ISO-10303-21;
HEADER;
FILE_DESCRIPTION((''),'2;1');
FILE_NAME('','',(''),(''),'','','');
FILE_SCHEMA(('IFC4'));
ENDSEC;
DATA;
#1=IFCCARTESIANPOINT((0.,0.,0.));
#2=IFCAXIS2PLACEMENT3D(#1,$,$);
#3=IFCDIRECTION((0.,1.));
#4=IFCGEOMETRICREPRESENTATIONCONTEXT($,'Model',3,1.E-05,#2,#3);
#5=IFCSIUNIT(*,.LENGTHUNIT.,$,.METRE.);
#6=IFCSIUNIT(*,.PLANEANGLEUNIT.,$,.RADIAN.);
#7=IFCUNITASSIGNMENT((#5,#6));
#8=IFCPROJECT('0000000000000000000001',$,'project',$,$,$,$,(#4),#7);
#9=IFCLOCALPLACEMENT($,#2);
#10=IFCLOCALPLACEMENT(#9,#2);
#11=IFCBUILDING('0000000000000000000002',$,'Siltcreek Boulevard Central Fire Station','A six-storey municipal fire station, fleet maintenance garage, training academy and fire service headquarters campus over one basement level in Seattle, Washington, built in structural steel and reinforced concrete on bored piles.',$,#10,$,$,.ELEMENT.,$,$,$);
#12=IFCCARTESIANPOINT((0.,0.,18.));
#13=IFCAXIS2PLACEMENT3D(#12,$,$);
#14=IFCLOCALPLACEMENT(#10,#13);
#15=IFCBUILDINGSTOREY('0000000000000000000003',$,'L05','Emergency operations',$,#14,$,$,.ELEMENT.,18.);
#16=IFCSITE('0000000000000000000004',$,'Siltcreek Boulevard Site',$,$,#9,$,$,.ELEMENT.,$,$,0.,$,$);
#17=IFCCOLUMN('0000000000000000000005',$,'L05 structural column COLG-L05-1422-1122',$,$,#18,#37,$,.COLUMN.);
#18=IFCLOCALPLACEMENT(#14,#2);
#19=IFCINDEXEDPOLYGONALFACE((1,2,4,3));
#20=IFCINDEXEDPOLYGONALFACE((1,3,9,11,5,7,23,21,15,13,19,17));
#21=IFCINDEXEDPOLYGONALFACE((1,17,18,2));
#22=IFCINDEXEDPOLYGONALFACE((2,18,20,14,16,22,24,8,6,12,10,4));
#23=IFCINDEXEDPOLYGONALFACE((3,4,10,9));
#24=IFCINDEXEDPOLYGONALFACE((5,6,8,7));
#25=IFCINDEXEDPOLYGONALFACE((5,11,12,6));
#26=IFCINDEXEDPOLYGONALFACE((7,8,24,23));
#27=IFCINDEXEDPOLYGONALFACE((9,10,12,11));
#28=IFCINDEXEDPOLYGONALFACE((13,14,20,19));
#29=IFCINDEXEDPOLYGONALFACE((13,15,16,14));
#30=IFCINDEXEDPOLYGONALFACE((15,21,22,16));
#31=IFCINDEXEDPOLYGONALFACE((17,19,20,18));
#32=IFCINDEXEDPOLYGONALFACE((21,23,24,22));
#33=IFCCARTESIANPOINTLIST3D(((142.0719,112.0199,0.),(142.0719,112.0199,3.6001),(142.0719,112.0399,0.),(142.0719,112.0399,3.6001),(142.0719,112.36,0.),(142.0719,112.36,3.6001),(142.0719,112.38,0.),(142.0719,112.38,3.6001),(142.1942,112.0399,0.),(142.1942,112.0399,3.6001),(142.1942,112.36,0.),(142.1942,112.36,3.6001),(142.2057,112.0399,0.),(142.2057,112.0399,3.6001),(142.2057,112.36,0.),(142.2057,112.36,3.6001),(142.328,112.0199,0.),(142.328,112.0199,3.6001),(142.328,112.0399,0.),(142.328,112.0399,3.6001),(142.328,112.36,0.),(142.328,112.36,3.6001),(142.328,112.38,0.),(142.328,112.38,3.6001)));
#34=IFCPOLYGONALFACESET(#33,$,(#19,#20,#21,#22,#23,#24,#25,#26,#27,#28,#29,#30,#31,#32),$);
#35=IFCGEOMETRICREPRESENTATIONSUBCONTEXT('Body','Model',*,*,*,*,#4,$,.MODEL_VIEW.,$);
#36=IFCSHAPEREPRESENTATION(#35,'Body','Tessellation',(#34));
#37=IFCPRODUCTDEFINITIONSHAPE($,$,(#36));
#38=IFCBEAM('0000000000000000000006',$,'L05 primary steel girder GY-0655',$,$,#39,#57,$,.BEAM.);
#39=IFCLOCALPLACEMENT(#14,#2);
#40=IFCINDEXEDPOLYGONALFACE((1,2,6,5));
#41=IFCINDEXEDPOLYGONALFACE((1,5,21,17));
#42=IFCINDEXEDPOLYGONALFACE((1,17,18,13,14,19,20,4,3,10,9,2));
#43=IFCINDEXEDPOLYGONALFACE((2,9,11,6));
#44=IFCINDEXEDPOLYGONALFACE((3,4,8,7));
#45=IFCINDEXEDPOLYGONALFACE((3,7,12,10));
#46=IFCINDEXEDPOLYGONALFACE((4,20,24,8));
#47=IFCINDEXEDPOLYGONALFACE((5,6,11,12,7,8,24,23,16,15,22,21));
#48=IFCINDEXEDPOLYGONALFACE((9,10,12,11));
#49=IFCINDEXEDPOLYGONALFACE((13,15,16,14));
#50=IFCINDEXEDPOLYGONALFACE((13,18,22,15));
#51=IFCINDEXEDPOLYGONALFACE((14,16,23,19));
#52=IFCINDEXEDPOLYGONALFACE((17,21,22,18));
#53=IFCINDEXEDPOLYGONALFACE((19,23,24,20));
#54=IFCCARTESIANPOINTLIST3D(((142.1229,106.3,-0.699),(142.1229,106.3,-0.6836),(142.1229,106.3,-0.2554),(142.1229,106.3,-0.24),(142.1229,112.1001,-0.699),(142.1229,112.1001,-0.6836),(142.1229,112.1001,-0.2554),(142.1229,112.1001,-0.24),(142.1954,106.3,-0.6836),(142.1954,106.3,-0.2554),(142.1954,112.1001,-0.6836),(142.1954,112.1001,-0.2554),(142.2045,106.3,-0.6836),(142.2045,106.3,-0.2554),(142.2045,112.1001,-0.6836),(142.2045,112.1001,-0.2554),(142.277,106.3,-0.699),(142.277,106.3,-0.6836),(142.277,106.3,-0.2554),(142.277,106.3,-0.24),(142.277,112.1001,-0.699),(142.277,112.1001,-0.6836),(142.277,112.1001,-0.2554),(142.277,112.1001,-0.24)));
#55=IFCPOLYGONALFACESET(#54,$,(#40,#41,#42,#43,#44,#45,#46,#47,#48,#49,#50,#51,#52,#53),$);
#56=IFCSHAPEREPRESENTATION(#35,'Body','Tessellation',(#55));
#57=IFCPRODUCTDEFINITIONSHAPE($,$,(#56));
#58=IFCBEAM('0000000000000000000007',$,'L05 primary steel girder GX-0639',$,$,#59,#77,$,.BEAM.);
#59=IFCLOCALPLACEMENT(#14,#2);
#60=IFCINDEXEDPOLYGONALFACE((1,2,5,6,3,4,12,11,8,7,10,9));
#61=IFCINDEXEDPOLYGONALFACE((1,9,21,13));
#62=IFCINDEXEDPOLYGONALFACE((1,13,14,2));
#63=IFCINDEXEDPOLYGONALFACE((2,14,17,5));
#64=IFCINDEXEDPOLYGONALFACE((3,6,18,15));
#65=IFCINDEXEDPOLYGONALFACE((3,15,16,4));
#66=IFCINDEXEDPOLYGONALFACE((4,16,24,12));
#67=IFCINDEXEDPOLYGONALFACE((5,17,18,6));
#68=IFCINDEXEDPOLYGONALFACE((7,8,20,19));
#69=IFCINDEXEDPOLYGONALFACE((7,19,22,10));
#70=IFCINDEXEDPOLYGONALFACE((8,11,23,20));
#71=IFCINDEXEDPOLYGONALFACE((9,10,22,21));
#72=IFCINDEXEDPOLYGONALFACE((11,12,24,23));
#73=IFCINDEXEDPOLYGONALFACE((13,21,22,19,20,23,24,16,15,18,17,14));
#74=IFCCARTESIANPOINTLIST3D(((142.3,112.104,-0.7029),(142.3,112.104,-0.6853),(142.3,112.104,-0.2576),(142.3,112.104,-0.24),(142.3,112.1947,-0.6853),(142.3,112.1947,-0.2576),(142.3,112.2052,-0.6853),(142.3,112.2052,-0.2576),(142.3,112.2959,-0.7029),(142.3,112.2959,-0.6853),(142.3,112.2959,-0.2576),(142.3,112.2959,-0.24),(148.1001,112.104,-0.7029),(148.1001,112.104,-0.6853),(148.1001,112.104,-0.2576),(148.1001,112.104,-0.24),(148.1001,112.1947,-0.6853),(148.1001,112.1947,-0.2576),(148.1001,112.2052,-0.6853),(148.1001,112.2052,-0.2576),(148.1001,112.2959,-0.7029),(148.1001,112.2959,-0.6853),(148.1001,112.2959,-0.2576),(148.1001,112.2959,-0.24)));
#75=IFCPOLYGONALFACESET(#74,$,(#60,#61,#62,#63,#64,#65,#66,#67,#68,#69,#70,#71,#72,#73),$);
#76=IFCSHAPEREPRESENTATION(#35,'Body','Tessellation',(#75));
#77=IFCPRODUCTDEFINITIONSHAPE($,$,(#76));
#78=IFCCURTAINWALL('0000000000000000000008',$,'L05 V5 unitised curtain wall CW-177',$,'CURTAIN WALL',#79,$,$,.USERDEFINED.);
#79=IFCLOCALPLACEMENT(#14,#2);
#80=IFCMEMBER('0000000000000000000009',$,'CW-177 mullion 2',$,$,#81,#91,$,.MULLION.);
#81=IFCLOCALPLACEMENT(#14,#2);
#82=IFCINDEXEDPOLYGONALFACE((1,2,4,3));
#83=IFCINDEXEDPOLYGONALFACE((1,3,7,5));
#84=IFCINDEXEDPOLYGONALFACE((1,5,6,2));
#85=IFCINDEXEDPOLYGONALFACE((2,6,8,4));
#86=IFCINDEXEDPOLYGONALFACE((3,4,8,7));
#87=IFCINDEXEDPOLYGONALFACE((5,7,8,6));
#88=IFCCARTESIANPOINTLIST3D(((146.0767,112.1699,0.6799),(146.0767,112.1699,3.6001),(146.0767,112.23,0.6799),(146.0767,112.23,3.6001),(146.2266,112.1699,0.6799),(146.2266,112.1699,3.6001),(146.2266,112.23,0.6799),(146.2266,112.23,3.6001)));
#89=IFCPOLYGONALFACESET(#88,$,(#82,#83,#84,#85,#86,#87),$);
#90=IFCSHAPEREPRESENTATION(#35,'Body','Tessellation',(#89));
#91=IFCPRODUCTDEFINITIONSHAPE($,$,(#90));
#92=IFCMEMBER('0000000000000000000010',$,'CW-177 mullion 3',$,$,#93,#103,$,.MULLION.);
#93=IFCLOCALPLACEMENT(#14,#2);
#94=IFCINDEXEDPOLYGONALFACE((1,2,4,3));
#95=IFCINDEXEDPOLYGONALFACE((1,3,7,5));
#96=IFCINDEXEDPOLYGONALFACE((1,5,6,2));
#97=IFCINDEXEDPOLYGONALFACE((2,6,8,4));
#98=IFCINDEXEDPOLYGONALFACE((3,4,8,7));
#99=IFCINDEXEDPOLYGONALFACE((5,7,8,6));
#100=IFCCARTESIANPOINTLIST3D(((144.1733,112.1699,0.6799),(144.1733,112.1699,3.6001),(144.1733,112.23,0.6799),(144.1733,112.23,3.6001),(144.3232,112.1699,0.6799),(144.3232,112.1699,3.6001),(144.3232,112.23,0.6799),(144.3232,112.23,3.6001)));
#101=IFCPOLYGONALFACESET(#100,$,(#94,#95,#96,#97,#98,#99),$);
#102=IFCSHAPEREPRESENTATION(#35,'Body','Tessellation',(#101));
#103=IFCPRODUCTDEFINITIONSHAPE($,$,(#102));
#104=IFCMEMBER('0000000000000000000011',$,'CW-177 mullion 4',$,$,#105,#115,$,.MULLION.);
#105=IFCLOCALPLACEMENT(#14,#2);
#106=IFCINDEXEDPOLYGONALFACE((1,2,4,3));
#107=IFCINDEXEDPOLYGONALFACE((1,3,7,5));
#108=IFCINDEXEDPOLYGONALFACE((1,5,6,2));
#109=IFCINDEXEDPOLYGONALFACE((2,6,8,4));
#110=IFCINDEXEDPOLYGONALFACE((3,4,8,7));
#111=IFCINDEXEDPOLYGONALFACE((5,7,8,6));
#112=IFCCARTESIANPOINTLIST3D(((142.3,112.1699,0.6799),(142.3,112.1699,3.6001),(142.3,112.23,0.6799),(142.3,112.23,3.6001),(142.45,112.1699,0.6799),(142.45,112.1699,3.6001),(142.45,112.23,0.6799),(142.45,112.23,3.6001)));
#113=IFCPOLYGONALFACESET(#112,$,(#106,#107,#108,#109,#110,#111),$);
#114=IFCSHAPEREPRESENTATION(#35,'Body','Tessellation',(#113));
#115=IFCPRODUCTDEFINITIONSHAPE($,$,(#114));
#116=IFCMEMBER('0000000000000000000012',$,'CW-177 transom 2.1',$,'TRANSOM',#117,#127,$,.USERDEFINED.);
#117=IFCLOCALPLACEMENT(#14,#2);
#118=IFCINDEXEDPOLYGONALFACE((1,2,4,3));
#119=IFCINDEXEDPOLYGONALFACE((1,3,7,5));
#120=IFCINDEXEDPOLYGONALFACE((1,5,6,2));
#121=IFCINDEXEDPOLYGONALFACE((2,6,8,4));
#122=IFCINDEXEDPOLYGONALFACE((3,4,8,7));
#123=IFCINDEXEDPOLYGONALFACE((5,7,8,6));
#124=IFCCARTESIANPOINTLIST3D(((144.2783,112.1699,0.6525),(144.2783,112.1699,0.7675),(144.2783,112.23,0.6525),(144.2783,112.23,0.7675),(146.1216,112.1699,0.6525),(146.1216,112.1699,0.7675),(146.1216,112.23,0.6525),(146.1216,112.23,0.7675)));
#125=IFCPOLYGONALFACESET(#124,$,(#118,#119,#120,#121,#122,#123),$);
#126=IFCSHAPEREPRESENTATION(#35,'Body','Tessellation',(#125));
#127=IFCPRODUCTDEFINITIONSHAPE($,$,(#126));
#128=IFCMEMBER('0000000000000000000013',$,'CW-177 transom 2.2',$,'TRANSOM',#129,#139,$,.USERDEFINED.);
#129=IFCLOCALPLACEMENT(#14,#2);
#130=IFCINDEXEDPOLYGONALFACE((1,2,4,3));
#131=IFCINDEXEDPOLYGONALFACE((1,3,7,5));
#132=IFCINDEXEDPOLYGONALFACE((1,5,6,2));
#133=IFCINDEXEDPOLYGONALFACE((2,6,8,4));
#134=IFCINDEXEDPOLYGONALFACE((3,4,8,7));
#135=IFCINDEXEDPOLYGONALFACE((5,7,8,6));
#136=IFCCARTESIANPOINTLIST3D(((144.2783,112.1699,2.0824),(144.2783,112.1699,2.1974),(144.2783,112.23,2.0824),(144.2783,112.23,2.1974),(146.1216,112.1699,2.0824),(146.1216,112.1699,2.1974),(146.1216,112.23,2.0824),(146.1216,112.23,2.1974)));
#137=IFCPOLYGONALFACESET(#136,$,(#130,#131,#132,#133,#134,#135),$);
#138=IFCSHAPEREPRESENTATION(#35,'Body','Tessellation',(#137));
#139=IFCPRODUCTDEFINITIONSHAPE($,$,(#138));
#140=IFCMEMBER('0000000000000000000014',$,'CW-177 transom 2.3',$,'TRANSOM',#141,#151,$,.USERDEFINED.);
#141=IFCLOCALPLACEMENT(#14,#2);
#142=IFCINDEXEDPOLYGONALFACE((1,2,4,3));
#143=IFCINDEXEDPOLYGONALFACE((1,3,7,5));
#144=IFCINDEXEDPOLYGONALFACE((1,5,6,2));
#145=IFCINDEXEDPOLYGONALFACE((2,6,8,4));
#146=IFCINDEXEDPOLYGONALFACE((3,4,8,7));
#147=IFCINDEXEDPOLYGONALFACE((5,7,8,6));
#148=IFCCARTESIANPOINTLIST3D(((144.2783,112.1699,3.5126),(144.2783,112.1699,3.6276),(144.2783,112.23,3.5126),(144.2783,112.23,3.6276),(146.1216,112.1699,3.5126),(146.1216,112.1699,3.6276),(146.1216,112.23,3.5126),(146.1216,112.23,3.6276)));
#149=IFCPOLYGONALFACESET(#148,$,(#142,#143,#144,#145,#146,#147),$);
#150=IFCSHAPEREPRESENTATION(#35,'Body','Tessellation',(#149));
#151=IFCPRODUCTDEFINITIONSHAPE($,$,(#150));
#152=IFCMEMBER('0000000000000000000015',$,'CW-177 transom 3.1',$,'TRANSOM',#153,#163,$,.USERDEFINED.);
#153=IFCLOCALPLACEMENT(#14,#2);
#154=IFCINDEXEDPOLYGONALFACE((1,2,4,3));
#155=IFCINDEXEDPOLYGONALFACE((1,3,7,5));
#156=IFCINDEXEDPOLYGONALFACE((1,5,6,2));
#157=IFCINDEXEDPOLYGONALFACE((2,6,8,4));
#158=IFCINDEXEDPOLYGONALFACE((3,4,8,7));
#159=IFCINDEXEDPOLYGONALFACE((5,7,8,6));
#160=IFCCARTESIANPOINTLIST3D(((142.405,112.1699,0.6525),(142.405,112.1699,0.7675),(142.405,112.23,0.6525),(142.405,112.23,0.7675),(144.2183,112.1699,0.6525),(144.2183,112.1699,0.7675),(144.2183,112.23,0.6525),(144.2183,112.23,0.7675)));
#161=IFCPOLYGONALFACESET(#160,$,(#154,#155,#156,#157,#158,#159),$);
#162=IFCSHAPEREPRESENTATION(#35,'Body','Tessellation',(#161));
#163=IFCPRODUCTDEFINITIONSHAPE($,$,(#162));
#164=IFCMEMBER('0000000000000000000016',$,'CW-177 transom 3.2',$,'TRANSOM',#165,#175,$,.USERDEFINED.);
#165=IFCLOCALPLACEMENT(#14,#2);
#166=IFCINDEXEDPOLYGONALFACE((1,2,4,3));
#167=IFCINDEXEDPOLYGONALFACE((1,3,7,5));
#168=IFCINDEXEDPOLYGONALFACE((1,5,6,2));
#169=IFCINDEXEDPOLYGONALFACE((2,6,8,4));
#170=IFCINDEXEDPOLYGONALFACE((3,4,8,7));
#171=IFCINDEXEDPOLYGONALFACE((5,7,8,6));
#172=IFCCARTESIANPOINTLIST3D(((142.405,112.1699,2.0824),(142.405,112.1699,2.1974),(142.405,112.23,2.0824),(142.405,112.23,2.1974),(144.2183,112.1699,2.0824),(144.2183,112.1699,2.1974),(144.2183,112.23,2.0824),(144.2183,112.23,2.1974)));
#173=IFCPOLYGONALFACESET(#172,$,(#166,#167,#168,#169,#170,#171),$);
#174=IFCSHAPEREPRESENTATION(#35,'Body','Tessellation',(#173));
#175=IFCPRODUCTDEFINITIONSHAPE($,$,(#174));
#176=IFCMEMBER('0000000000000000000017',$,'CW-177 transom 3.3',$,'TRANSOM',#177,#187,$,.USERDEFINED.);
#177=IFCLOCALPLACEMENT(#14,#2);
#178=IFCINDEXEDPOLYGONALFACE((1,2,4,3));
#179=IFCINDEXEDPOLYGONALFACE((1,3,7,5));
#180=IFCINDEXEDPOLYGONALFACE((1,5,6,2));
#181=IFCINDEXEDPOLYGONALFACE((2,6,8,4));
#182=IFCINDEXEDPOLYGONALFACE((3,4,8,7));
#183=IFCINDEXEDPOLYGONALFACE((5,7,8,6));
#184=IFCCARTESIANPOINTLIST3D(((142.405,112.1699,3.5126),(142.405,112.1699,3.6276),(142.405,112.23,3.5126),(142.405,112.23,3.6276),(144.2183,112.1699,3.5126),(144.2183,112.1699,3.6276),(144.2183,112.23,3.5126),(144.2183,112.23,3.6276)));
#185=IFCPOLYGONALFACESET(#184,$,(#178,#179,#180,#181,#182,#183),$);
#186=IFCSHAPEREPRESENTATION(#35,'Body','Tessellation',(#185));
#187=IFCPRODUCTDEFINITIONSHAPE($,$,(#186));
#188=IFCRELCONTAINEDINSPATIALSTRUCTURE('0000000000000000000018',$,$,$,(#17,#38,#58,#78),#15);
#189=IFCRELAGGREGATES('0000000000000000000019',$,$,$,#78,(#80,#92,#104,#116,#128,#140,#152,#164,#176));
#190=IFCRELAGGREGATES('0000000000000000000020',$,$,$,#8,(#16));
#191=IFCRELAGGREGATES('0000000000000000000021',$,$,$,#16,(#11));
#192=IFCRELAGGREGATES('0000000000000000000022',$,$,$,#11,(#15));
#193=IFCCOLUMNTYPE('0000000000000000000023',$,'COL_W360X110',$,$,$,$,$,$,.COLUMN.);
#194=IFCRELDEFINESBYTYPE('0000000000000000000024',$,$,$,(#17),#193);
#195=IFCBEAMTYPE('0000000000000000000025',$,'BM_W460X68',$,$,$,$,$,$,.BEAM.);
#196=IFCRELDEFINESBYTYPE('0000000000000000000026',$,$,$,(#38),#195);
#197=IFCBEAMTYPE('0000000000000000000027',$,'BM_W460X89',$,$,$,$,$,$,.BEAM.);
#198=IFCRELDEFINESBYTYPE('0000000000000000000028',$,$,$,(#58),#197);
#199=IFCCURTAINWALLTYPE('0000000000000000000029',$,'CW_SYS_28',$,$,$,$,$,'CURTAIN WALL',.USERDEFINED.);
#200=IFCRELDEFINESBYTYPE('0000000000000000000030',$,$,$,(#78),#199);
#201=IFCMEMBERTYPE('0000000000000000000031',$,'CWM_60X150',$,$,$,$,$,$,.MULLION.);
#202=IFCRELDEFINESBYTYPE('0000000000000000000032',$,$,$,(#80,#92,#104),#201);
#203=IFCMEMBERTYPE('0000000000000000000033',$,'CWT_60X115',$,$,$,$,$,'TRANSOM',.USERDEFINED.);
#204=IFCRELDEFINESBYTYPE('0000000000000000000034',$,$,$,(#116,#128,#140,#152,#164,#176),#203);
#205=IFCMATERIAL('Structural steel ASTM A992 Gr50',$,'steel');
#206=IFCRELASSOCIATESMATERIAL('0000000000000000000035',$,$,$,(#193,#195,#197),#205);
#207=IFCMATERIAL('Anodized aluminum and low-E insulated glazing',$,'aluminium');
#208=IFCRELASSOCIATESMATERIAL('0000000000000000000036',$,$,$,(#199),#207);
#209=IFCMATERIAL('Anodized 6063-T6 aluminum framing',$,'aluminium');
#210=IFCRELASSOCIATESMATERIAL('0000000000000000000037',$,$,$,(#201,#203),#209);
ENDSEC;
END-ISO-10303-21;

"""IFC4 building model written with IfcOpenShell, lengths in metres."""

from ifc_helpers import new_model, si_unit, direction, frame, origin, origin_2d, place, context, subcontext, project, spatial, rectangle, i_section, extrude, material, material_profile, profile_set, type_object, element, aggregate, save


model = new_model("IFC4")

# Units and contexts
model_context = context("Model", 3, precision=1e-05, world=origin(), true_north=direction((0.0, 1.0)))
body_context = subcontext(model_context, "Body", "Model", "MODEL_VIEW")
ifc_project = project(units=[si_unit("LENGTHUNIT", "METRE"), si_unit("PLANEANGLEUNIT", "RADIAN")], contexts=[model_context])

# Site, building, storey
site_placement = place(None, origin())
site = spatial("IfcSite", under=ifc_project, at=site_placement, Name="Siltcreek Boulevard Site", CompositionType="ELEMENT", RefElevation=0.0)
building_placement = place(site_placement, origin())
building = spatial("IfcBuilding", under=site, at=building_placement, Name="Siltcreek Boulevard Central Fire Station", Description="A six-storey municipal fire station, fleet maintenance garage, training academy and fire service headquarters campus over one basement level in Seattle, Washington, built in structural steel and reinforced concrete on bored piles.", CompositionType="ELEMENT")
storey_placement = place(building_placement, frame((0.0, 0.0, 18.0)))
storey = spatial("IfcBuildingStorey", under=building, at=storey_placement, Name="L05", Description="Emergency operations", CompositionType="ELEMENT", Elevation=18.0)

# Column
ifc_material_1 = material(Name="Structural steel ASTM A992 Gr50", Category="steel")
ifc_material_profile_1 = material_profile(ifc_material_1, i_section(OverallWidth=0.2561, OverallDepth=0.3601, WebThickness=0.0115, FlangeThickness=0.02, at=origin_2d()), Name="W360X110")
ifc_profile_set_1 = profile_set([ifc_material_profile_1], Name="Structural steel ASTM A992 Gr50")
column_type = type_object("IfcColumnType", Name="COL_W360X110", PredefinedType="COLUMN", material=ifc_profile_set_1)
column_placement = place(storey_placement, frame((142.2, 112.2, 0.0), z_axis=(0.0, 0.0, 1.0), x_axis=(1.0, 0.0, 0.0)))
element("IfcColumn", 1, at=column_placement, inside=storey, type_object=column_type, Name="L05 structural column COLG-L05-1422-1122", PredefinedType="COLUMN", context=body_context, shape_type="SweptSolid", body=[
    extrude(i_section(OverallWidth=0.2561, OverallDepth=0.3601, WebThickness=0.0115, FlangeThickness=0.02, at=origin_2d()), origin(), (0.0, 0.0, 1.0), 3.6001),
])

# Beams
ifc_material_profile_2 = material_profile(ifc_material_1, i_section(OverallWidth=0.1541, OverallDepth=0.459, WebThickness=0.009, FlangeThickness=0.0154, at=origin_2d()), Name="W460X68")
ifc_profile_set_2 = profile_set([ifc_material_profile_2], Name="Structural steel ASTM A992 Gr50")
beam_type_1 = type_object("IfcBeamType", Name="BM_W460X68", PredefinedType="BEAM", material=ifc_profile_set_2)
beam_1_placement = place(storey_placement, frame((142.2, 106.3, -0.4695), z_axis=(0.0, 1.0, 0.0), x_axis=(-1.0, 0.0, 0.0)))
element("IfcBeam", 2, at=beam_1_placement, inside=storey, type_object=beam_type_1, Name="L05 primary steel girder GY-0655", PredefinedType="BEAM", context=body_context, shape_type="SweptSolid", body=[
    extrude(i_section(OverallWidth=0.1541, OverallDepth=0.459, WebThickness=0.009, FlangeThickness=0.0154, at=origin_2d()), origin(), (0.0, 0.0, 1.0), 5.8),
])
ifc_material_profile_3 = material_profile(ifc_material_1, i_section(OverallWidth=0.1919, OverallDepth=0.4629, WebThickness=0.0105, FlangeThickness=0.0176, at=origin_2d()), Name="W460X89")
ifc_profile_set_3 = profile_set([ifc_material_profile_3], Name="Structural steel ASTM A992 Gr50")
beam_type_2 = type_object("IfcBeamType", Name="BM_W460X89", PredefinedType="BEAM", material=ifc_profile_set_3)
beam_2_placement = place(storey_placement, frame((142.3, 112.2, -0.4714), z_axis=(1.0, 0.0, 0.0), x_axis=(0.0, 1.0, 0.0)))
element("IfcBeam", 3, at=beam_2_placement, inside=storey, type_object=beam_type_2, Name="L05 primary steel girder GX-0639", PredefinedType="BEAM", context=body_context, shape_type="SweptSolid", body=[
    extrude(i_section(OverallWidth=0.1919, OverallDepth=0.4629, WebThickness=0.0105, FlangeThickness=0.0176, at=origin_2d()), origin(), (0.0, 0.0, 1.0), 5.8),
])

# Curtain wall, members
ifc_material_2 = material(Name="Anodized aluminum and low-E insulated glazing", Category="aluminium")
curtain_wall_type = type_object("IfcCurtainWallType", Name="CW_SYS_28", ElementType="CURTAIN WALL", PredefinedType="USERDEFINED", material=ifc_material_2)
curtain_wall_placement = place(storey_placement, origin())
curtain_wall = element("IfcCurtainWall", 4, at=curtain_wall_placement, inside=storey, type_object=curtain_wall_type, Name="L05 V5 unitised curtain wall CW-177", ObjectType="CURTAIN WALL", PredefinedType="USERDEFINED")
ifc_material_3 = material(Name="Anodized 6063-T6 aluminum framing", Category="aluminium")
ifc_material_profile_4 = material_profile(ifc_material_3, rectangle(XDim=0.0601, YDim=0.1499, at=origin_2d()), Name="MULL60X150")
ifc_profile_set_4 = profile_set([ifc_material_profile_4], Name="Anodized 6063-T6 aluminum framing")
member_type_1 = type_object("IfcMemberType", Name="CWM_60X150", PredefinedType="MULLION", material=ifc_profile_set_4)
member_1_placement = place(storey_placement, frame((146.1516, 112.2, 0.6799), z_axis=(0.0, 0.0, 1.0), x_axis=(0.0, -1.0, 0.0)))
member_1 = element("IfcMember", 5, at=member_1_placement, type_object=member_type_1, Name="CW-177 mullion 2", PredefinedType="MULLION", context=body_context, shape_type="SweptSolid", body=[
    extrude(rectangle(XDim=0.0601, YDim=0.1499, at=origin_2d()), origin(), (0.0, 0.0, 1.0), 2.9202),
])
member_2_placement = place(storey_placement, frame((144.2483, 112.2, 0.6799), z_axis=(0.0, 0.0, 1.0), x_axis=(0.0, -1.0, 0.0)))
member_2 = element("IfcMember", 6, at=member_2_placement, type_object=member_type_1, Name="CW-177 mullion 3", PredefinedType="MULLION", context=body_context, shape_type="SweptSolid", body=[
    extrude(rectangle(XDim=0.0601, YDim=0.1499, at=origin_2d()), origin(), (0.0, 0.0, 1.0), 2.9202),
])
member_3_placement = place(storey_placement, frame((142.375, 112.2, 0.6799), z_axis=(0.0, 0.0, 1.0), x_axis=(0.0, -1.0, 0.0)))
member_3 = element("IfcMember", 7, at=member_3_placement, type_object=member_type_1, Name="CW-177 mullion 4", PredefinedType="MULLION", context=body_context, shape_type="SweptSolid", body=[
    extrude(rectangle(XDim=0.0601, YDim=0.1499, at=origin_2d()), origin(), (0.0, 0.0, 1.0), 2.9202),
])
ifc_material_profile_5 = material_profile(ifc_material_3, rectangle(XDim=0.0601, YDim=0.115, at=origin_2d()), Name="TRAN60X115")
ifc_profile_set_5 = profile_set([ifc_material_profile_5], Name="Anodized 6063-T6 aluminum framing")
member_type_2 = type_object("IfcMemberType", Name="CWT_60X115", ElementType="TRANSOM", PredefinedType="USERDEFINED", material=ifc_profile_set_5)
member_4_placement = place(storey_placement, frame((146.1216, 112.2, 0.71), z_axis=(-1.0, 0.0, 0.0), x_axis=(0.0, -1.0, 0.0)))
member_4 = element("IfcMember", 8, at=member_4_placement, type_object=member_type_2, Name="CW-177 transom 2.1", ObjectType="TRANSOM", PredefinedType="USERDEFINED", context=body_context, shape_type="SweptSolid", body=[
    extrude(rectangle(XDim=0.0601, YDim=0.115, at=origin_2d()), origin(), (0.0, 0.0, 1.0), 1.8433),
])
member_5_placement = place(storey_placement, frame((146.1216, 112.2, 2.1399), z_axis=(-1.0, 0.0, 0.0), x_axis=(0.0, -1.0, 0.0)))
member_5 = element("IfcMember", 9, at=member_5_placement, type_object=member_type_2, Name="CW-177 transom 2.2", ObjectType="TRANSOM", PredefinedType="USERDEFINED", context=body_context, shape_type="SweptSolid", body=[
    extrude(rectangle(XDim=0.0601, YDim=0.115, at=origin_2d()), origin(), (0.0, 0.0, 1.0), 1.8433),
])
member_6_placement = place(storey_placement, frame((146.1216, 112.2, 3.5701), z_axis=(-1.0, 0.0, 0.0), x_axis=(0.0, -1.0, 0.0)))
member_6 = element("IfcMember", 10, at=member_6_placement, type_object=member_type_2, Name="CW-177 transom 2.3", ObjectType="TRANSOM", PredefinedType="USERDEFINED", context=body_context, shape_type="SweptSolid", body=[
    extrude(rectangle(XDim=0.0601, YDim=0.115, at=origin_2d()), origin(), (0.0, 0.0, 1.0), 1.8433),
])
member_7_placement = place(storey_placement, frame((144.2183, 112.2, 0.71), z_axis=(-1.0, 0.0, 0.0), x_axis=(0.0, -1.0, 0.0)))
member_7 = element("IfcMember", 11, at=member_7_placement, type_object=member_type_2, Name="CW-177 transom 3.1", ObjectType="TRANSOM", PredefinedType="USERDEFINED", context=body_context, shape_type="SweptSolid", body=[
    extrude(rectangle(XDim=0.0601, YDim=0.115, at=origin_2d()), origin(), (0.0, 0.0, 1.0), 1.8132),
])
member_8_placement = place(storey_placement, frame((144.2183, 112.2, 2.1399), z_axis=(-1.0, 0.0, 0.0), x_axis=(0.0, -1.0, 0.0)))
member_8 = element("IfcMember", 12, at=member_8_placement, type_object=member_type_2, Name="CW-177 transom 3.2", ObjectType="TRANSOM", PredefinedType="USERDEFINED", context=body_context, shape_type="SweptSolid", body=[
    extrude(rectangle(XDim=0.0601, YDim=0.115, at=origin_2d()), origin(), (0.0, 0.0, 1.0), 1.8132),
])
member_9_placement = place(storey_placement, frame((144.2183, 112.2, 3.5701), z_axis=(-1.0, 0.0, 0.0), x_axis=(0.0, -1.0, 0.0)))
member_9 = element("IfcMember", 13, at=member_9_placement, type_object=member_type_2, Name="CW-177 transom 3.3", ObjectType="TRANSOM", PredefinedType="USERDEFINED", context=body_context, shape_type="SweptSolid", body=[
    extrude(rectangle(XDim=0.0601, YDim=0.115, at=origin_2d()), origin(), (0.0, 0.0, 1.0), 1.8132),
])

aggregate(curtain_wall, [member_1, member_2, member_3, member_4, member_5, member_6, member_7, member_8, member_9])

save(model, "model.ifc")
